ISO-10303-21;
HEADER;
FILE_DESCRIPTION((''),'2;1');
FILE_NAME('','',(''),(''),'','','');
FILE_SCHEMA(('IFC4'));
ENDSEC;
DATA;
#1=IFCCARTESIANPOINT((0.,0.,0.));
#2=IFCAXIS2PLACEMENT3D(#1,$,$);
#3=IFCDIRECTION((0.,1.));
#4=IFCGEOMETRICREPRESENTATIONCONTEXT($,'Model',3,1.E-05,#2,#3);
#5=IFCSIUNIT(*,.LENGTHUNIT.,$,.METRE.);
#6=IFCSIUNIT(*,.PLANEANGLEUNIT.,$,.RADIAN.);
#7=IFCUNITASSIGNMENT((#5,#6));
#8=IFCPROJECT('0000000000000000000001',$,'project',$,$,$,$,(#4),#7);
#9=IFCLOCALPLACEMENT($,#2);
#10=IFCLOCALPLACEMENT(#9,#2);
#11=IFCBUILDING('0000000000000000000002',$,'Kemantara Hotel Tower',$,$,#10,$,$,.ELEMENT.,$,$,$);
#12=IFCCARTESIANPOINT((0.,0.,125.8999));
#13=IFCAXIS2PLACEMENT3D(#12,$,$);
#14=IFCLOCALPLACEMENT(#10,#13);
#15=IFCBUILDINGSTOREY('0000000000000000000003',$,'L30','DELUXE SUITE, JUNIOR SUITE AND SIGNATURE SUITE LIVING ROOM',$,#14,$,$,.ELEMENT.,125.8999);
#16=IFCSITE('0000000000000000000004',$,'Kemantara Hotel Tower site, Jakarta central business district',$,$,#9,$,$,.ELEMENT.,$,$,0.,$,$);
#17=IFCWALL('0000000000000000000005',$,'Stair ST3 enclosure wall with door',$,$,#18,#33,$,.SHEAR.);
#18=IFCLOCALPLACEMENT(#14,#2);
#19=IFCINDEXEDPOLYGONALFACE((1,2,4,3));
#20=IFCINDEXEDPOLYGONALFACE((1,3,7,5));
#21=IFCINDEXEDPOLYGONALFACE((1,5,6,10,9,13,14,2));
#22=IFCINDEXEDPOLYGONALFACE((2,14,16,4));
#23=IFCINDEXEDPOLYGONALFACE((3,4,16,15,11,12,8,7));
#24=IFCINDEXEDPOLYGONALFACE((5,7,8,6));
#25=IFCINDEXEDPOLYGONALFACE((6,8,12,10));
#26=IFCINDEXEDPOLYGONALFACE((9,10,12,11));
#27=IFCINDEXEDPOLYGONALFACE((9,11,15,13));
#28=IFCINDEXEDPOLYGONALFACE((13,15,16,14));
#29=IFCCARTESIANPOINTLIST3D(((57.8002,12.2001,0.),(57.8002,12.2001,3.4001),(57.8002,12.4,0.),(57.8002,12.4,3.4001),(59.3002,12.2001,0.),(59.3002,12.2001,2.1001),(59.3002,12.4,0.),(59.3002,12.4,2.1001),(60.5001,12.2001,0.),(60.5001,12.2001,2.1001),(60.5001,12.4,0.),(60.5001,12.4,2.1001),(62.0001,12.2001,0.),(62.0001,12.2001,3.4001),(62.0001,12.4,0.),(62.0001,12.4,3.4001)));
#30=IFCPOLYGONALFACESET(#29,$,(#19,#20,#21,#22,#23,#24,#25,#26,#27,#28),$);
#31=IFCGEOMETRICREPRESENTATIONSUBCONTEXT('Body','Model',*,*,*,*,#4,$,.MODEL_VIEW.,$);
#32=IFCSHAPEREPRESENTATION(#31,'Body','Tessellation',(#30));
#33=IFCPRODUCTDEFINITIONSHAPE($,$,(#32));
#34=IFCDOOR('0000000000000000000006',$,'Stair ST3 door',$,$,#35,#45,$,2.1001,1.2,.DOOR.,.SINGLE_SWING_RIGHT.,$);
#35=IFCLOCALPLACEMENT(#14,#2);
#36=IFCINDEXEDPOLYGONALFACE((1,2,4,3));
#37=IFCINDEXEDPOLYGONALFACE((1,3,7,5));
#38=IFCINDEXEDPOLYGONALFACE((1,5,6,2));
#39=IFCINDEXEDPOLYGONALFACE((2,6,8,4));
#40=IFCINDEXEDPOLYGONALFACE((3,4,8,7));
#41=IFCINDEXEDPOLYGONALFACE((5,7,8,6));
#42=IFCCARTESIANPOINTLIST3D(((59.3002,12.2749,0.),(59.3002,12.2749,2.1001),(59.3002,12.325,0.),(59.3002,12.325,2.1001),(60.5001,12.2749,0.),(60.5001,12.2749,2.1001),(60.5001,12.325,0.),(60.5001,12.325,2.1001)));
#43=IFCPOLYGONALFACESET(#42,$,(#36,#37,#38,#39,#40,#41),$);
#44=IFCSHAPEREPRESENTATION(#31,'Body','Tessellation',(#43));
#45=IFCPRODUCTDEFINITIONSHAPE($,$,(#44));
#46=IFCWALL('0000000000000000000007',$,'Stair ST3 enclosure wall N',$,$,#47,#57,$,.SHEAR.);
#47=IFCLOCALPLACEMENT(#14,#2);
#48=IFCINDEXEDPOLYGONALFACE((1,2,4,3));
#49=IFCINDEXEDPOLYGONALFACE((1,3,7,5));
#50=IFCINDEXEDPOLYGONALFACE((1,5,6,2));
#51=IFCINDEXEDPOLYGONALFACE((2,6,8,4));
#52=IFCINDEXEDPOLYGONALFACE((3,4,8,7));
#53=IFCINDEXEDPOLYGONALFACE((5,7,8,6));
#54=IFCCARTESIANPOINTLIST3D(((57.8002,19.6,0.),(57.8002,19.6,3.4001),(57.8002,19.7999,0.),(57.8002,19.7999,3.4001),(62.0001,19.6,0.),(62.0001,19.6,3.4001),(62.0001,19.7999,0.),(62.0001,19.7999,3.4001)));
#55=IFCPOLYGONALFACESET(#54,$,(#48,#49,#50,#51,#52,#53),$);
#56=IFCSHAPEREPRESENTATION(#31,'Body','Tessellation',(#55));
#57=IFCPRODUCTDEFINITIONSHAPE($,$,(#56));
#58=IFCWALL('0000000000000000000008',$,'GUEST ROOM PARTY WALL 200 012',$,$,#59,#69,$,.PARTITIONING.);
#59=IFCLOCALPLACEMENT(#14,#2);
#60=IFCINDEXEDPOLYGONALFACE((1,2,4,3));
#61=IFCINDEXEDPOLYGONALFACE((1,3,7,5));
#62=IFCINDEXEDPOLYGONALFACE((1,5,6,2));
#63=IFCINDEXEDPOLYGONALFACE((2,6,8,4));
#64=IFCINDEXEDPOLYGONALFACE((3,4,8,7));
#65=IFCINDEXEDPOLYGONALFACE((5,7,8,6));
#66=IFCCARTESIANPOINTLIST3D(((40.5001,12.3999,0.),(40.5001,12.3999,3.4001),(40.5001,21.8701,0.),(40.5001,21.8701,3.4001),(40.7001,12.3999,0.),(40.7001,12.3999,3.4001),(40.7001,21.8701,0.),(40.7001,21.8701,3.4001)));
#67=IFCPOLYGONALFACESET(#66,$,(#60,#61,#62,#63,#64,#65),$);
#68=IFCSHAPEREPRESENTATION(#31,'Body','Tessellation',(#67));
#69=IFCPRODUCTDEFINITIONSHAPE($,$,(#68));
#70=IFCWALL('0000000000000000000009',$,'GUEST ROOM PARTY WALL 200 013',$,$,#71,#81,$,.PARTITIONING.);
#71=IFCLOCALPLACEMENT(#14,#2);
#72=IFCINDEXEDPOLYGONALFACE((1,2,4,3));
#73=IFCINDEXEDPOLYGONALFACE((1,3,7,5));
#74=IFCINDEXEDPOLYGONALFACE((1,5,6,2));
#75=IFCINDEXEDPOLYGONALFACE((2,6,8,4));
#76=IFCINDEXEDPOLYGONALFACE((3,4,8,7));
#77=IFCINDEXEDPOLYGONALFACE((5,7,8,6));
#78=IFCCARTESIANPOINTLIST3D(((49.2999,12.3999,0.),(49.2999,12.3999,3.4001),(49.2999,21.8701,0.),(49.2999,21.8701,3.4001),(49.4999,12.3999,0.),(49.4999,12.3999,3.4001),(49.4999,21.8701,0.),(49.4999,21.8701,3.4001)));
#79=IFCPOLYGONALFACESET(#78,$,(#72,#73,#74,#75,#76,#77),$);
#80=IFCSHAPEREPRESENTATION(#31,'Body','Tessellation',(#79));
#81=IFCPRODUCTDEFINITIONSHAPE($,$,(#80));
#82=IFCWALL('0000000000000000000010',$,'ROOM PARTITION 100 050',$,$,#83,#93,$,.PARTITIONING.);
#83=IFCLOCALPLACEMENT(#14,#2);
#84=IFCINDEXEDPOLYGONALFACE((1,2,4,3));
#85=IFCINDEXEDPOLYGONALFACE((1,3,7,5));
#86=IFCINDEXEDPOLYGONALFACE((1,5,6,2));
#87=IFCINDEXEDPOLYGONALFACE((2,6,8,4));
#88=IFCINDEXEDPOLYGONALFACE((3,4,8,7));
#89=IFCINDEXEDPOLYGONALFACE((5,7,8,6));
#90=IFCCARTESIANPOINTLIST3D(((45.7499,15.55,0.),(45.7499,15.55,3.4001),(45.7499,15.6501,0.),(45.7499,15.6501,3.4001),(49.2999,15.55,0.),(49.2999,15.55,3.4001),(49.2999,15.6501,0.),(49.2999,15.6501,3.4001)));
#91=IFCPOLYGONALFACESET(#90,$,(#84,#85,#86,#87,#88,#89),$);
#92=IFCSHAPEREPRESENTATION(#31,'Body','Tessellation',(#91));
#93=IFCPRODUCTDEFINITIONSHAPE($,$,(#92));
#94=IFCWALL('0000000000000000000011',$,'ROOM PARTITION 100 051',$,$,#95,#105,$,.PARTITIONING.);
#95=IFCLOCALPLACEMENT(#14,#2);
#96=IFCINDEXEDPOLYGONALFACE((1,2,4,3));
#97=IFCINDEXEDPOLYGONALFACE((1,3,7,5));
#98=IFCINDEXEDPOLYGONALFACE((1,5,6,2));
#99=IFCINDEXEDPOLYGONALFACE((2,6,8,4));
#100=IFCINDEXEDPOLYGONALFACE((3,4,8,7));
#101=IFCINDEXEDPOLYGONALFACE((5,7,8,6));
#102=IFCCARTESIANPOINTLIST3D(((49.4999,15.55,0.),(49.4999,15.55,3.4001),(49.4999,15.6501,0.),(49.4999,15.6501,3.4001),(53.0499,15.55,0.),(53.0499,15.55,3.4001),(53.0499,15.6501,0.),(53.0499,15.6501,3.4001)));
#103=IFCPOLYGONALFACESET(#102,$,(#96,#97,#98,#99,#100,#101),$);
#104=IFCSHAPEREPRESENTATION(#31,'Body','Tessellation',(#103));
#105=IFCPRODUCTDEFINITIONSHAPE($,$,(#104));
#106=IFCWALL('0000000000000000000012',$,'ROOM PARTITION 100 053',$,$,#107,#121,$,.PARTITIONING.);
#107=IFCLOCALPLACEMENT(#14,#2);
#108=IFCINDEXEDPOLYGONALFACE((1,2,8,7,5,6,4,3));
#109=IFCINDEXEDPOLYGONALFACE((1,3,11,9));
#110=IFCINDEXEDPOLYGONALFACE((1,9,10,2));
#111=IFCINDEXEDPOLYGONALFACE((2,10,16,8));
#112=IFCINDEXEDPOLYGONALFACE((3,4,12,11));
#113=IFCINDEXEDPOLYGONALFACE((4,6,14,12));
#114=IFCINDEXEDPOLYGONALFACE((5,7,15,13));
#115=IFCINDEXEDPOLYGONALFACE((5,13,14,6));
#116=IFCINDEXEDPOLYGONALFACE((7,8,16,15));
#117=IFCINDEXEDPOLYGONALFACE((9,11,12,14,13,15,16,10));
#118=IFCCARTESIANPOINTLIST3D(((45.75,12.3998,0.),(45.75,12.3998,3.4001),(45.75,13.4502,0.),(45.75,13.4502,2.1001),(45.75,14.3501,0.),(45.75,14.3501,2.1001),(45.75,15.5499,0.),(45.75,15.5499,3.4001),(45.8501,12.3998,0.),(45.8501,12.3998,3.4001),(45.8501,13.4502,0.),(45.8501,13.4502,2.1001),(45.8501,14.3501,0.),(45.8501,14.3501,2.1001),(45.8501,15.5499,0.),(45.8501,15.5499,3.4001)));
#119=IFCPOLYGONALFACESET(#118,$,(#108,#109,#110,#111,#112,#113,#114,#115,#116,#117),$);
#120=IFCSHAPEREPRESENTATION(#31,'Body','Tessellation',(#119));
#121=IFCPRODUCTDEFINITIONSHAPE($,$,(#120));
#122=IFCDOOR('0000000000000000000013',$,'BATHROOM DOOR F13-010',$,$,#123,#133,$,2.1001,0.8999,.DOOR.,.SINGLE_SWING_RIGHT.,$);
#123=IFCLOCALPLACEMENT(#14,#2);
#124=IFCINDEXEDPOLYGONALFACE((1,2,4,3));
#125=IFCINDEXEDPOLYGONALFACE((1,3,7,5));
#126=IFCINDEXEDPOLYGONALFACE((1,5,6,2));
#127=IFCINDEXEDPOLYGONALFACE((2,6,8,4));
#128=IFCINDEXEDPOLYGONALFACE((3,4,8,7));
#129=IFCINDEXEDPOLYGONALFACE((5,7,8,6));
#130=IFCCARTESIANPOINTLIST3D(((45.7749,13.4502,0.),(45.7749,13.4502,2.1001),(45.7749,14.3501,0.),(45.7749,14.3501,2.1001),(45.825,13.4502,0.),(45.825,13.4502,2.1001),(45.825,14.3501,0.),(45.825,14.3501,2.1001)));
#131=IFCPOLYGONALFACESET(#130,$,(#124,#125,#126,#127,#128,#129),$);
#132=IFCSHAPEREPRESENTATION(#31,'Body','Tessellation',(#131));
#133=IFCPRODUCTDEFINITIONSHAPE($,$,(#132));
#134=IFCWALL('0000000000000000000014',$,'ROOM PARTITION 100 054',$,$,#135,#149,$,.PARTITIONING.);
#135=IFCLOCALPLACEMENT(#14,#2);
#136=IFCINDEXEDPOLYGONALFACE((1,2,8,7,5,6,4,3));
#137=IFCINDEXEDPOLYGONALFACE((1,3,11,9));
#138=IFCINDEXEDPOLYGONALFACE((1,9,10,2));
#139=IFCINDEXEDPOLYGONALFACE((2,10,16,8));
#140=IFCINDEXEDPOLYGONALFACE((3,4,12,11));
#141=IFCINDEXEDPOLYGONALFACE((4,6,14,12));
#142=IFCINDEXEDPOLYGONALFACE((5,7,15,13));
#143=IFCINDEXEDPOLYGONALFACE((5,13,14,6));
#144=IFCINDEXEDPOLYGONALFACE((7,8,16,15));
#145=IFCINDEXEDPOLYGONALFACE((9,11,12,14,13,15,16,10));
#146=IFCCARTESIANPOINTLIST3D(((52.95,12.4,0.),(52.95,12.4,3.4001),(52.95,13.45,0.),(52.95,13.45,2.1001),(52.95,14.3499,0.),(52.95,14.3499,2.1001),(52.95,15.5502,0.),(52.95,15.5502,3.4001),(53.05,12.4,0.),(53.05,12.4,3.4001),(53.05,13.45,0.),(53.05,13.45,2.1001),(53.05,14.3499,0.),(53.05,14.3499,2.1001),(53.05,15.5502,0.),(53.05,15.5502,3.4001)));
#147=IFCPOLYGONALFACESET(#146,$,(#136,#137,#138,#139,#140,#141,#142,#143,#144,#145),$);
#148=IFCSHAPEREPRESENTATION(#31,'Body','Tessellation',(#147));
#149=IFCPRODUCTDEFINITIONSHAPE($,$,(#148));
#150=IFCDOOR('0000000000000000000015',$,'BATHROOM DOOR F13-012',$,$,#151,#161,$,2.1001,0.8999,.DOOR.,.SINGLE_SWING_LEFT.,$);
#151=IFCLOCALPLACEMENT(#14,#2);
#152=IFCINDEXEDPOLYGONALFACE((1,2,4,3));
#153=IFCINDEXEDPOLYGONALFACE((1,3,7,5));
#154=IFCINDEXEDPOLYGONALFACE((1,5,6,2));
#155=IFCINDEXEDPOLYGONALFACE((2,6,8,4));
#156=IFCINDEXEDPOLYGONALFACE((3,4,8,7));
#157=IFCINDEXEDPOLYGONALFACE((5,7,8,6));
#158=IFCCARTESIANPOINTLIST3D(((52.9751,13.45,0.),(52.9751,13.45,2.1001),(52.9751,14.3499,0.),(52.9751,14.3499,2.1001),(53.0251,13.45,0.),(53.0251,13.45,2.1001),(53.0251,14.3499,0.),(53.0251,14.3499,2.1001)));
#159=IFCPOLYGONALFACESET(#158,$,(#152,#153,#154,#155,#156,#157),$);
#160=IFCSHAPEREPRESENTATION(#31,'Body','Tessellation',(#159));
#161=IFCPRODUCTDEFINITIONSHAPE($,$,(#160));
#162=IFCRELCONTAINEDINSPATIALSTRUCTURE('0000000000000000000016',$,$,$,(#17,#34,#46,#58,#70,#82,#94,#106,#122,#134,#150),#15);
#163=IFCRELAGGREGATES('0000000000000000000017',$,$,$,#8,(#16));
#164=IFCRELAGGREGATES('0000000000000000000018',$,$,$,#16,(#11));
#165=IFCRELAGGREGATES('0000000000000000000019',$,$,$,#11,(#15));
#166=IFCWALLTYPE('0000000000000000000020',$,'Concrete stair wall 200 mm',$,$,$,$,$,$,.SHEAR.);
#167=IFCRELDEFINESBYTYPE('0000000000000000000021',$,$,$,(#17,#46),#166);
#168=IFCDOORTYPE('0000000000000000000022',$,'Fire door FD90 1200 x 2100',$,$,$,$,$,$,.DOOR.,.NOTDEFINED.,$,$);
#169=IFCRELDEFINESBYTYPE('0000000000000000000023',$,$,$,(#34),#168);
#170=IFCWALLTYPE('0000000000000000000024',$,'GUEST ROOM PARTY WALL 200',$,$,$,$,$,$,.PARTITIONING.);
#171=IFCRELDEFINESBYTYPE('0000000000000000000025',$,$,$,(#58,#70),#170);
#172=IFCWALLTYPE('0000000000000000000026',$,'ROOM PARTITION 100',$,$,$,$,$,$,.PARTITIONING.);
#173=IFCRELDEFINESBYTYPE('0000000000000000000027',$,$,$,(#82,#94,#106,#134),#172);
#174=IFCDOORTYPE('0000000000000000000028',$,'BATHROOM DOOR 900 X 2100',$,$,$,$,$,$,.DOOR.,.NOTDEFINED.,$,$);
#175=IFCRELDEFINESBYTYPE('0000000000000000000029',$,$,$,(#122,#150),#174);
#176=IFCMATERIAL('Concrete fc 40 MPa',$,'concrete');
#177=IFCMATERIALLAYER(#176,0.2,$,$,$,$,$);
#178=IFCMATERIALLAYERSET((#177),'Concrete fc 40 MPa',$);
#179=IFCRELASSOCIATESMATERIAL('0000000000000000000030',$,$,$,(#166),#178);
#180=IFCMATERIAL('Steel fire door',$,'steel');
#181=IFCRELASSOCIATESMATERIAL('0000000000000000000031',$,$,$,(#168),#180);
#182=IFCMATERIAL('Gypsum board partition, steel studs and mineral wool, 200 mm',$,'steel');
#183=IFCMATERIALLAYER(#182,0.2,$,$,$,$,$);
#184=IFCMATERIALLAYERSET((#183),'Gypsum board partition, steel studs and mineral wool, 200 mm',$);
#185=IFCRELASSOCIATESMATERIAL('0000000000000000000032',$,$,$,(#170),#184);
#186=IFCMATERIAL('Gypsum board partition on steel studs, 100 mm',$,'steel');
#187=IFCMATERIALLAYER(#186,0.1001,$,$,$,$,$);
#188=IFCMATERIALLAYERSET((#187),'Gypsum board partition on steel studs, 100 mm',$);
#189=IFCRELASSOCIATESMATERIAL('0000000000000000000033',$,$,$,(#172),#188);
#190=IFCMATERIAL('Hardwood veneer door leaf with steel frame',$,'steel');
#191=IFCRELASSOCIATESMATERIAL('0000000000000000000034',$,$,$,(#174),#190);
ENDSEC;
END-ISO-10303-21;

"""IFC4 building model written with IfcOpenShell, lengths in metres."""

from ifc_helpers import new_model, si_unit, direction, frame, frame_2d, origin, place, context, subcontext, project, spatial, rectangle, extrude, material, layer, layer_set, type_object, element, fill, save


model = new_model("IFC4")

# Units and contexts
model_context = context("Model", 3, precision=1e-05, world=origin(), true_north=direction((0.0, 1.0)))
body_context = subcontext(model_context, "Body", "Model", "MODEL_VIEW")
ifc_project = project(units=[si_unit("LENGTHUNIT", "METRE"), si_unit("PLANEANGLEUNIT", "RADIAN")], contexts=[model_context])

# Site, building, storey
site_placement = place(None, origin())
site = spatial("IfcSite", under=ifc_project, at=site_placement, Name="Kemantara Hotel Tower site, Jakarta central business district", CompositionType="ELEMENT", RefElevation=0.0)
building_placement = place(site_placement, origin())
building = spatial("IfcBuilding", under=site, at=building_placement, Name="Kemantara Hotel Tower", CompositionType="ELEMENT")
storey_placement = place(building_placement, frame((0.0, 0.0, 125.8999)))
storey = spatial("IfcBuildingStorey", under=building, at=storey_placement, Name="L30", Description="DELUXE SUITE, JUNIOR SUITE AND SIGNATURE SUITE LIVING ROOM", CompositionType="ELEMENT", Elevation=125.8999)

# Wall, opening, door
ifc_material_1 = material(Name="Gypsum board partition, steel studs and mineral wool, 200 mm", Category="steel")
ifc_material_2 = material(Name="Hardwood veneer door leaf with steel frame", Category="steel")
ifc_material_3 = material(Name="Concrete fc 40 MPa", Category="concrete")
ifc_layer_1 = layer(ifc_material_3, 0.2)
ifc_layer_set_1 = layer_set([ifc_layer_1], Name="Concrete fc 40 MPa")
wall_type_1 = type_object("IfcWallType", Name="Concrete stair wall 200 mm", PredefinedType="SHEAR", material=ifc_layer_set_1)
wall_1_placement = place(storey_placement, frame((57.8, 12.3, 0.0), z_axis=(0.0, 0.0, 1.0), x_axis=(1.0, 0.0, 0.0)))
wall_1 = element("IfcWall", 1, at=wall_1_placement, inside=storey, type_object=wall_type_1, Name="Stair ST3 enclosure wall with door", PredefinedType="SHEAR", context=body_context, shape_type="SweptSolid", body=[
    extrude(rectangle(XDim=4.2, YDim=0.2, at=frame_2d((2.1001, 0.0))), origin(), (0.0, 0.0, 1.0), 3.4001),
])
opening_1_placement = place(wall_1_placement, frame((1.5, 0.0, 0.0)))
opening_1 = element("IfcOpeningElement", 2, at=opening_1_placement, cuts=wall_1, PredefinedType="OPENING", context=body_context, shape_type="SweptSolid", body=[
    extrude(rectangle(XDim=1.2, YDim=2.1001, at=frame_2d((0.6001, 1.05))), frame((0.0, 0.1099, 0.0), z_axis=(0.0, -1.0, 0.0), x_axis=(1.0, 0.0, 0.0)), (0.0, 0.0, 1.0), 0.22),
])
ifc_material_4 = material(Name="Steel fire door", Category="steel")
door_type_1 = type_object("IfcDoorType", Name="Fire door FD90 1200 x 2100", OperationType="NOTDEFINED", PredefinedType="DOOR", material=ifc_material_4)
door_1_placement = place(opening_1_placement, origin())
door_1 = element("IfcDoor", 3, at=door_1_placement, inside=storey, type_object=door_type_1, Name="Stair ST3 door", OperationType="SINGLE_SWING_RIGHT", OverallHeight=2.1001, OverallWidth=1.2, PredefinedType="DOOR", context=body_context, shape_type="SweptSolid", body=[
    extrude(rectangle(XDim=1.2, YDim=2.1001, at=frame_2d((0.6001, 1.05))), frame((0.0, 0.0249, 0.0), z_axis=(0.0, -1.0, 0.0), x_axis=(1.0, 0.0, 0.0)), (0.0, 0.0, 1.0), 0.05),
])
fill(opening_1, door_1)

# Walls
wall_2_placement = place(storey_placement, frame((57.8, 19.7, 0.0), z_axis=(0.0, 0.0, 1.0), x_axis=(1.0, 0.0, 0.0)))
element("IfcWall", 4, at=wall_2_placement, inside=storey, type_object=wall_type_1, Name="Stair ST3 enclosure wall N", PredefinedType="SHEAR", context=body_context, shape_type="SweptSolid", body=[
    extrude(rectangle(XDim=4.2, YDim=0.2, at=frame_2d((2.1001, 0.0))), origin(), (0.0, 0.0, 1.0), 3.4001),
])
ifc_layer_2 = layer(ifc_material_1, 0.2)
ifc_layer_set_2 = layer_set([ifc_layer_2], Name="Gypsum board partition, steel studs and mineral wool, 200 mm")
wall_type_2 = type_object("IfcWallType", Name="GUEST ROOM PARTY WALL 200", PredefinedType="PARTITIONING", material=ifc_layer_set_2)
for number, where, z_axis, x_axis, name in (
    (5, (40.6001, 12.3999, 0.0), (0.0, 0.0, 1.0), (0.0, 1.0, 0.0), "GUEST ROOM PARTY WALL 200 012"),
    (6, (49.3999, 12.3999, 0.0), (0.0, 0.0, 1.0), (0.0, 1.0, 0.0), "GUEST ROOM PARTY WALL 200 013"),
):
    element("IfcWall", number, at=place(storey_placement, frame(where, z_axis=z_axis, x_axis=x_axis)), inside=storey, type_object=wall_type_2, Name=name, PredefinedType="PARTITIONING", context=body_context, shape_type="SweptSolid", body=[
        extrude(rectangle(XDim=9.4702, YDim=0.2, at=frame_2d((4.7351, 0.0))), origin(), (0.0, 0.0, 1.0), 3.4001),
    ])
ifc_material_5 = material(Name="Gypsum board partition on steel studs, 100 mm", Category="steel")
ifc_layer_3 = layer(ifc_material_5, 0.1001)
ifc_layer_set_3 = layer_set([ifc_layer_3], Name="Gypsum board partition on steel studs, 100 mm")
wall_type_3 = type_object("IfcWallType", Name="ROOM PARTITION 100", PredefinedType="PARTITIONING", material=ifc_layer_set_3)
for number, where, z_axis, x_axis, name in (
    (7, (45.75, 15.6001, 0.0), (0.0, 0.0, 1.0), (1.0, 0.0, 0.0), "ROOM PARTITION 100 050"),
    (8, (49.5, 15.6001, 0.0), (0.0, 0.0, 1.0), (1.0, 0.0, 0.0), "ROOM PARTITION 100 051"),
):
    element("IfcWall", number, at=place(storey_placement, frame(where, z_axis=z_axis, x_axis=x_axis)), inside=storey, type_object=wall_type_3, Name=name, PredefinedType="PARTITIONING", context=body_context, shape_type="SweptSolid", body=[
        extrude(rectangle(XDim=3.55, YDim=0.1001, at=frame_2d((1.7749, 0.0))), origin(), (0.0, 0.0, 1.0), 3.4001),
    ])

# Walls, openings, doors
wall_3_placement = place(storey_placement, frame((45.8, 15.55, 0.0), z_axis=(0.0, 0.0, 1.0), x_axis=(0.0, -1.0, 0.0)))
wall_3 = element("IfcWall", 9, at=wall_3_placement, inside=storey, type_object=wall_type_3, Name="ROOM PARTITION 100 053", PredefinedType="PARTITIONING", context=body_context, shape_type="SweptSolid", body=[
    extrude(rectangle(XDim=3.1501, YDim=0.1001, at=frame_2d((1.5752, 0.0))), origin(), (0.0, 0.0, 1.0), 3.4001),
])
opening_2_placement = place(wall_3_placement, frame((1.2, 0.0, 0.0)))
opening_2 = element("IfcOpeningElement", 10, at=opening_2_placement, cuts=wall_3, PredefinedType="OPENING", context=body_context, shape_type="SweptSolid", body=[
    extrude(rectangle(XDim=0.8999, YDim=2.1001, at=frame_2d((0.45, 1.05))), frame((0.0, 0.0601, 0.0), z_axis=(0.0, -1.0, 0.0), x_axis=(1.0, 0.0, 0.0)), (0.0, 0.0, 1.0), 0.1201),
])
door_type_2 = type_object("IfcDoorType", Name="BATHROOM DOOR 900 X 2100", OperationType="NOTDEFINED", PredefinedType="DOOR", material=ifc_material_2)
door_2_placement = place(opening_2_placement, origin())
door_2 = element("IfcDoor", 11, at=door_2_placement, inside=storey, type_object=door_type_2, Name="BATHROOM DOOR F13-010", OperationType="SINGLE_SWING_RIGHT", OverallHeight=2.1001, OverallWidth=0.8999, PredefinedType="DOOR", context=body_context, shape_type="SweptSolid", body=[
    extrude(rectangle(XDim=0.8999, YDim=2.1001, at=frame_2d((0.45, 1.05))), frame((0.0, 0.0249, 0.0), z_axis=(0.0, -1.0, 0.0), x_axis=(1.0, 0.0, 0.0)), (0.0, 0.0, 1.0), 0.05),
])
fill(opening_2, door_2)
wall_4_placement = place(storey_placement, frame((53.0, 12.3999, 0.0), z_axis=(0.0, 0.0, 1.0), x_axis=(0.0, 1.0, 0.0)))
wall_4 = element("IfcWall", 12, at=wall_4_placement, inside=storey, type_object=wall_type_3, Name="ROOM PARTITION 100 054", PredefinedType="PARTITIONING", context=body_context, shape_type="SweptSolid", body=[
    extrude(rectangle(XDim=3.1501, YDim=0.1001, at=frame_2d((1.5752, 0.0))), origin(), (0.0, 0.0, 1.0), 3.4001),
])
opening_3_placement = place(wall_4_placement, frame((1.05, 0.0, 0.0)))
opening_3 = element("IfcOpeningElement", 13, at=opening_3_placement, cuts=wall_4, PredefinedType="OPENING", context=body_context, shape_type="SweptSolid", body=[
    extrude(rectangle(XDim=0.8999, YDim=2.1001, at=frame_2d((0.45, 1.05))), frame((0.0, 0.0601, 0.0), z_axis=(0.0, -1.0, 0.0), x_axis=(1.0, 0.0, 0.0)), (0.0, 0.0, 1.0), 0.1201),
])
door_3_placement = place(opening_3_placement, origin())
door_3 = element("IfcDoor", 14, at=door_3_placement, inside=storey, type_object=door_type_2, Name="BATHROOM DOOR F13-012", OperationType="SINGLE_SWING_LEFT", OverallHeight=2.1001, OverallWidth=0.8999, PredefinedType="DOOR", context=body_context, shape_type="SweptSolid", body=[
    extrude(rectangle(XDim=0.8999, YDim=2.1001, at=frame_2d((0.45, 1.05))), frame((0.0, 0.0249, 0.0), z_axis=(0.0, -1.0, 0.0), x_axis=(1.0, 0.0, 0.0)), (0.0, 0.0, 1.0), 0.05),
])
fill(opening_3, door_3)

save(model, "model.ifc")
